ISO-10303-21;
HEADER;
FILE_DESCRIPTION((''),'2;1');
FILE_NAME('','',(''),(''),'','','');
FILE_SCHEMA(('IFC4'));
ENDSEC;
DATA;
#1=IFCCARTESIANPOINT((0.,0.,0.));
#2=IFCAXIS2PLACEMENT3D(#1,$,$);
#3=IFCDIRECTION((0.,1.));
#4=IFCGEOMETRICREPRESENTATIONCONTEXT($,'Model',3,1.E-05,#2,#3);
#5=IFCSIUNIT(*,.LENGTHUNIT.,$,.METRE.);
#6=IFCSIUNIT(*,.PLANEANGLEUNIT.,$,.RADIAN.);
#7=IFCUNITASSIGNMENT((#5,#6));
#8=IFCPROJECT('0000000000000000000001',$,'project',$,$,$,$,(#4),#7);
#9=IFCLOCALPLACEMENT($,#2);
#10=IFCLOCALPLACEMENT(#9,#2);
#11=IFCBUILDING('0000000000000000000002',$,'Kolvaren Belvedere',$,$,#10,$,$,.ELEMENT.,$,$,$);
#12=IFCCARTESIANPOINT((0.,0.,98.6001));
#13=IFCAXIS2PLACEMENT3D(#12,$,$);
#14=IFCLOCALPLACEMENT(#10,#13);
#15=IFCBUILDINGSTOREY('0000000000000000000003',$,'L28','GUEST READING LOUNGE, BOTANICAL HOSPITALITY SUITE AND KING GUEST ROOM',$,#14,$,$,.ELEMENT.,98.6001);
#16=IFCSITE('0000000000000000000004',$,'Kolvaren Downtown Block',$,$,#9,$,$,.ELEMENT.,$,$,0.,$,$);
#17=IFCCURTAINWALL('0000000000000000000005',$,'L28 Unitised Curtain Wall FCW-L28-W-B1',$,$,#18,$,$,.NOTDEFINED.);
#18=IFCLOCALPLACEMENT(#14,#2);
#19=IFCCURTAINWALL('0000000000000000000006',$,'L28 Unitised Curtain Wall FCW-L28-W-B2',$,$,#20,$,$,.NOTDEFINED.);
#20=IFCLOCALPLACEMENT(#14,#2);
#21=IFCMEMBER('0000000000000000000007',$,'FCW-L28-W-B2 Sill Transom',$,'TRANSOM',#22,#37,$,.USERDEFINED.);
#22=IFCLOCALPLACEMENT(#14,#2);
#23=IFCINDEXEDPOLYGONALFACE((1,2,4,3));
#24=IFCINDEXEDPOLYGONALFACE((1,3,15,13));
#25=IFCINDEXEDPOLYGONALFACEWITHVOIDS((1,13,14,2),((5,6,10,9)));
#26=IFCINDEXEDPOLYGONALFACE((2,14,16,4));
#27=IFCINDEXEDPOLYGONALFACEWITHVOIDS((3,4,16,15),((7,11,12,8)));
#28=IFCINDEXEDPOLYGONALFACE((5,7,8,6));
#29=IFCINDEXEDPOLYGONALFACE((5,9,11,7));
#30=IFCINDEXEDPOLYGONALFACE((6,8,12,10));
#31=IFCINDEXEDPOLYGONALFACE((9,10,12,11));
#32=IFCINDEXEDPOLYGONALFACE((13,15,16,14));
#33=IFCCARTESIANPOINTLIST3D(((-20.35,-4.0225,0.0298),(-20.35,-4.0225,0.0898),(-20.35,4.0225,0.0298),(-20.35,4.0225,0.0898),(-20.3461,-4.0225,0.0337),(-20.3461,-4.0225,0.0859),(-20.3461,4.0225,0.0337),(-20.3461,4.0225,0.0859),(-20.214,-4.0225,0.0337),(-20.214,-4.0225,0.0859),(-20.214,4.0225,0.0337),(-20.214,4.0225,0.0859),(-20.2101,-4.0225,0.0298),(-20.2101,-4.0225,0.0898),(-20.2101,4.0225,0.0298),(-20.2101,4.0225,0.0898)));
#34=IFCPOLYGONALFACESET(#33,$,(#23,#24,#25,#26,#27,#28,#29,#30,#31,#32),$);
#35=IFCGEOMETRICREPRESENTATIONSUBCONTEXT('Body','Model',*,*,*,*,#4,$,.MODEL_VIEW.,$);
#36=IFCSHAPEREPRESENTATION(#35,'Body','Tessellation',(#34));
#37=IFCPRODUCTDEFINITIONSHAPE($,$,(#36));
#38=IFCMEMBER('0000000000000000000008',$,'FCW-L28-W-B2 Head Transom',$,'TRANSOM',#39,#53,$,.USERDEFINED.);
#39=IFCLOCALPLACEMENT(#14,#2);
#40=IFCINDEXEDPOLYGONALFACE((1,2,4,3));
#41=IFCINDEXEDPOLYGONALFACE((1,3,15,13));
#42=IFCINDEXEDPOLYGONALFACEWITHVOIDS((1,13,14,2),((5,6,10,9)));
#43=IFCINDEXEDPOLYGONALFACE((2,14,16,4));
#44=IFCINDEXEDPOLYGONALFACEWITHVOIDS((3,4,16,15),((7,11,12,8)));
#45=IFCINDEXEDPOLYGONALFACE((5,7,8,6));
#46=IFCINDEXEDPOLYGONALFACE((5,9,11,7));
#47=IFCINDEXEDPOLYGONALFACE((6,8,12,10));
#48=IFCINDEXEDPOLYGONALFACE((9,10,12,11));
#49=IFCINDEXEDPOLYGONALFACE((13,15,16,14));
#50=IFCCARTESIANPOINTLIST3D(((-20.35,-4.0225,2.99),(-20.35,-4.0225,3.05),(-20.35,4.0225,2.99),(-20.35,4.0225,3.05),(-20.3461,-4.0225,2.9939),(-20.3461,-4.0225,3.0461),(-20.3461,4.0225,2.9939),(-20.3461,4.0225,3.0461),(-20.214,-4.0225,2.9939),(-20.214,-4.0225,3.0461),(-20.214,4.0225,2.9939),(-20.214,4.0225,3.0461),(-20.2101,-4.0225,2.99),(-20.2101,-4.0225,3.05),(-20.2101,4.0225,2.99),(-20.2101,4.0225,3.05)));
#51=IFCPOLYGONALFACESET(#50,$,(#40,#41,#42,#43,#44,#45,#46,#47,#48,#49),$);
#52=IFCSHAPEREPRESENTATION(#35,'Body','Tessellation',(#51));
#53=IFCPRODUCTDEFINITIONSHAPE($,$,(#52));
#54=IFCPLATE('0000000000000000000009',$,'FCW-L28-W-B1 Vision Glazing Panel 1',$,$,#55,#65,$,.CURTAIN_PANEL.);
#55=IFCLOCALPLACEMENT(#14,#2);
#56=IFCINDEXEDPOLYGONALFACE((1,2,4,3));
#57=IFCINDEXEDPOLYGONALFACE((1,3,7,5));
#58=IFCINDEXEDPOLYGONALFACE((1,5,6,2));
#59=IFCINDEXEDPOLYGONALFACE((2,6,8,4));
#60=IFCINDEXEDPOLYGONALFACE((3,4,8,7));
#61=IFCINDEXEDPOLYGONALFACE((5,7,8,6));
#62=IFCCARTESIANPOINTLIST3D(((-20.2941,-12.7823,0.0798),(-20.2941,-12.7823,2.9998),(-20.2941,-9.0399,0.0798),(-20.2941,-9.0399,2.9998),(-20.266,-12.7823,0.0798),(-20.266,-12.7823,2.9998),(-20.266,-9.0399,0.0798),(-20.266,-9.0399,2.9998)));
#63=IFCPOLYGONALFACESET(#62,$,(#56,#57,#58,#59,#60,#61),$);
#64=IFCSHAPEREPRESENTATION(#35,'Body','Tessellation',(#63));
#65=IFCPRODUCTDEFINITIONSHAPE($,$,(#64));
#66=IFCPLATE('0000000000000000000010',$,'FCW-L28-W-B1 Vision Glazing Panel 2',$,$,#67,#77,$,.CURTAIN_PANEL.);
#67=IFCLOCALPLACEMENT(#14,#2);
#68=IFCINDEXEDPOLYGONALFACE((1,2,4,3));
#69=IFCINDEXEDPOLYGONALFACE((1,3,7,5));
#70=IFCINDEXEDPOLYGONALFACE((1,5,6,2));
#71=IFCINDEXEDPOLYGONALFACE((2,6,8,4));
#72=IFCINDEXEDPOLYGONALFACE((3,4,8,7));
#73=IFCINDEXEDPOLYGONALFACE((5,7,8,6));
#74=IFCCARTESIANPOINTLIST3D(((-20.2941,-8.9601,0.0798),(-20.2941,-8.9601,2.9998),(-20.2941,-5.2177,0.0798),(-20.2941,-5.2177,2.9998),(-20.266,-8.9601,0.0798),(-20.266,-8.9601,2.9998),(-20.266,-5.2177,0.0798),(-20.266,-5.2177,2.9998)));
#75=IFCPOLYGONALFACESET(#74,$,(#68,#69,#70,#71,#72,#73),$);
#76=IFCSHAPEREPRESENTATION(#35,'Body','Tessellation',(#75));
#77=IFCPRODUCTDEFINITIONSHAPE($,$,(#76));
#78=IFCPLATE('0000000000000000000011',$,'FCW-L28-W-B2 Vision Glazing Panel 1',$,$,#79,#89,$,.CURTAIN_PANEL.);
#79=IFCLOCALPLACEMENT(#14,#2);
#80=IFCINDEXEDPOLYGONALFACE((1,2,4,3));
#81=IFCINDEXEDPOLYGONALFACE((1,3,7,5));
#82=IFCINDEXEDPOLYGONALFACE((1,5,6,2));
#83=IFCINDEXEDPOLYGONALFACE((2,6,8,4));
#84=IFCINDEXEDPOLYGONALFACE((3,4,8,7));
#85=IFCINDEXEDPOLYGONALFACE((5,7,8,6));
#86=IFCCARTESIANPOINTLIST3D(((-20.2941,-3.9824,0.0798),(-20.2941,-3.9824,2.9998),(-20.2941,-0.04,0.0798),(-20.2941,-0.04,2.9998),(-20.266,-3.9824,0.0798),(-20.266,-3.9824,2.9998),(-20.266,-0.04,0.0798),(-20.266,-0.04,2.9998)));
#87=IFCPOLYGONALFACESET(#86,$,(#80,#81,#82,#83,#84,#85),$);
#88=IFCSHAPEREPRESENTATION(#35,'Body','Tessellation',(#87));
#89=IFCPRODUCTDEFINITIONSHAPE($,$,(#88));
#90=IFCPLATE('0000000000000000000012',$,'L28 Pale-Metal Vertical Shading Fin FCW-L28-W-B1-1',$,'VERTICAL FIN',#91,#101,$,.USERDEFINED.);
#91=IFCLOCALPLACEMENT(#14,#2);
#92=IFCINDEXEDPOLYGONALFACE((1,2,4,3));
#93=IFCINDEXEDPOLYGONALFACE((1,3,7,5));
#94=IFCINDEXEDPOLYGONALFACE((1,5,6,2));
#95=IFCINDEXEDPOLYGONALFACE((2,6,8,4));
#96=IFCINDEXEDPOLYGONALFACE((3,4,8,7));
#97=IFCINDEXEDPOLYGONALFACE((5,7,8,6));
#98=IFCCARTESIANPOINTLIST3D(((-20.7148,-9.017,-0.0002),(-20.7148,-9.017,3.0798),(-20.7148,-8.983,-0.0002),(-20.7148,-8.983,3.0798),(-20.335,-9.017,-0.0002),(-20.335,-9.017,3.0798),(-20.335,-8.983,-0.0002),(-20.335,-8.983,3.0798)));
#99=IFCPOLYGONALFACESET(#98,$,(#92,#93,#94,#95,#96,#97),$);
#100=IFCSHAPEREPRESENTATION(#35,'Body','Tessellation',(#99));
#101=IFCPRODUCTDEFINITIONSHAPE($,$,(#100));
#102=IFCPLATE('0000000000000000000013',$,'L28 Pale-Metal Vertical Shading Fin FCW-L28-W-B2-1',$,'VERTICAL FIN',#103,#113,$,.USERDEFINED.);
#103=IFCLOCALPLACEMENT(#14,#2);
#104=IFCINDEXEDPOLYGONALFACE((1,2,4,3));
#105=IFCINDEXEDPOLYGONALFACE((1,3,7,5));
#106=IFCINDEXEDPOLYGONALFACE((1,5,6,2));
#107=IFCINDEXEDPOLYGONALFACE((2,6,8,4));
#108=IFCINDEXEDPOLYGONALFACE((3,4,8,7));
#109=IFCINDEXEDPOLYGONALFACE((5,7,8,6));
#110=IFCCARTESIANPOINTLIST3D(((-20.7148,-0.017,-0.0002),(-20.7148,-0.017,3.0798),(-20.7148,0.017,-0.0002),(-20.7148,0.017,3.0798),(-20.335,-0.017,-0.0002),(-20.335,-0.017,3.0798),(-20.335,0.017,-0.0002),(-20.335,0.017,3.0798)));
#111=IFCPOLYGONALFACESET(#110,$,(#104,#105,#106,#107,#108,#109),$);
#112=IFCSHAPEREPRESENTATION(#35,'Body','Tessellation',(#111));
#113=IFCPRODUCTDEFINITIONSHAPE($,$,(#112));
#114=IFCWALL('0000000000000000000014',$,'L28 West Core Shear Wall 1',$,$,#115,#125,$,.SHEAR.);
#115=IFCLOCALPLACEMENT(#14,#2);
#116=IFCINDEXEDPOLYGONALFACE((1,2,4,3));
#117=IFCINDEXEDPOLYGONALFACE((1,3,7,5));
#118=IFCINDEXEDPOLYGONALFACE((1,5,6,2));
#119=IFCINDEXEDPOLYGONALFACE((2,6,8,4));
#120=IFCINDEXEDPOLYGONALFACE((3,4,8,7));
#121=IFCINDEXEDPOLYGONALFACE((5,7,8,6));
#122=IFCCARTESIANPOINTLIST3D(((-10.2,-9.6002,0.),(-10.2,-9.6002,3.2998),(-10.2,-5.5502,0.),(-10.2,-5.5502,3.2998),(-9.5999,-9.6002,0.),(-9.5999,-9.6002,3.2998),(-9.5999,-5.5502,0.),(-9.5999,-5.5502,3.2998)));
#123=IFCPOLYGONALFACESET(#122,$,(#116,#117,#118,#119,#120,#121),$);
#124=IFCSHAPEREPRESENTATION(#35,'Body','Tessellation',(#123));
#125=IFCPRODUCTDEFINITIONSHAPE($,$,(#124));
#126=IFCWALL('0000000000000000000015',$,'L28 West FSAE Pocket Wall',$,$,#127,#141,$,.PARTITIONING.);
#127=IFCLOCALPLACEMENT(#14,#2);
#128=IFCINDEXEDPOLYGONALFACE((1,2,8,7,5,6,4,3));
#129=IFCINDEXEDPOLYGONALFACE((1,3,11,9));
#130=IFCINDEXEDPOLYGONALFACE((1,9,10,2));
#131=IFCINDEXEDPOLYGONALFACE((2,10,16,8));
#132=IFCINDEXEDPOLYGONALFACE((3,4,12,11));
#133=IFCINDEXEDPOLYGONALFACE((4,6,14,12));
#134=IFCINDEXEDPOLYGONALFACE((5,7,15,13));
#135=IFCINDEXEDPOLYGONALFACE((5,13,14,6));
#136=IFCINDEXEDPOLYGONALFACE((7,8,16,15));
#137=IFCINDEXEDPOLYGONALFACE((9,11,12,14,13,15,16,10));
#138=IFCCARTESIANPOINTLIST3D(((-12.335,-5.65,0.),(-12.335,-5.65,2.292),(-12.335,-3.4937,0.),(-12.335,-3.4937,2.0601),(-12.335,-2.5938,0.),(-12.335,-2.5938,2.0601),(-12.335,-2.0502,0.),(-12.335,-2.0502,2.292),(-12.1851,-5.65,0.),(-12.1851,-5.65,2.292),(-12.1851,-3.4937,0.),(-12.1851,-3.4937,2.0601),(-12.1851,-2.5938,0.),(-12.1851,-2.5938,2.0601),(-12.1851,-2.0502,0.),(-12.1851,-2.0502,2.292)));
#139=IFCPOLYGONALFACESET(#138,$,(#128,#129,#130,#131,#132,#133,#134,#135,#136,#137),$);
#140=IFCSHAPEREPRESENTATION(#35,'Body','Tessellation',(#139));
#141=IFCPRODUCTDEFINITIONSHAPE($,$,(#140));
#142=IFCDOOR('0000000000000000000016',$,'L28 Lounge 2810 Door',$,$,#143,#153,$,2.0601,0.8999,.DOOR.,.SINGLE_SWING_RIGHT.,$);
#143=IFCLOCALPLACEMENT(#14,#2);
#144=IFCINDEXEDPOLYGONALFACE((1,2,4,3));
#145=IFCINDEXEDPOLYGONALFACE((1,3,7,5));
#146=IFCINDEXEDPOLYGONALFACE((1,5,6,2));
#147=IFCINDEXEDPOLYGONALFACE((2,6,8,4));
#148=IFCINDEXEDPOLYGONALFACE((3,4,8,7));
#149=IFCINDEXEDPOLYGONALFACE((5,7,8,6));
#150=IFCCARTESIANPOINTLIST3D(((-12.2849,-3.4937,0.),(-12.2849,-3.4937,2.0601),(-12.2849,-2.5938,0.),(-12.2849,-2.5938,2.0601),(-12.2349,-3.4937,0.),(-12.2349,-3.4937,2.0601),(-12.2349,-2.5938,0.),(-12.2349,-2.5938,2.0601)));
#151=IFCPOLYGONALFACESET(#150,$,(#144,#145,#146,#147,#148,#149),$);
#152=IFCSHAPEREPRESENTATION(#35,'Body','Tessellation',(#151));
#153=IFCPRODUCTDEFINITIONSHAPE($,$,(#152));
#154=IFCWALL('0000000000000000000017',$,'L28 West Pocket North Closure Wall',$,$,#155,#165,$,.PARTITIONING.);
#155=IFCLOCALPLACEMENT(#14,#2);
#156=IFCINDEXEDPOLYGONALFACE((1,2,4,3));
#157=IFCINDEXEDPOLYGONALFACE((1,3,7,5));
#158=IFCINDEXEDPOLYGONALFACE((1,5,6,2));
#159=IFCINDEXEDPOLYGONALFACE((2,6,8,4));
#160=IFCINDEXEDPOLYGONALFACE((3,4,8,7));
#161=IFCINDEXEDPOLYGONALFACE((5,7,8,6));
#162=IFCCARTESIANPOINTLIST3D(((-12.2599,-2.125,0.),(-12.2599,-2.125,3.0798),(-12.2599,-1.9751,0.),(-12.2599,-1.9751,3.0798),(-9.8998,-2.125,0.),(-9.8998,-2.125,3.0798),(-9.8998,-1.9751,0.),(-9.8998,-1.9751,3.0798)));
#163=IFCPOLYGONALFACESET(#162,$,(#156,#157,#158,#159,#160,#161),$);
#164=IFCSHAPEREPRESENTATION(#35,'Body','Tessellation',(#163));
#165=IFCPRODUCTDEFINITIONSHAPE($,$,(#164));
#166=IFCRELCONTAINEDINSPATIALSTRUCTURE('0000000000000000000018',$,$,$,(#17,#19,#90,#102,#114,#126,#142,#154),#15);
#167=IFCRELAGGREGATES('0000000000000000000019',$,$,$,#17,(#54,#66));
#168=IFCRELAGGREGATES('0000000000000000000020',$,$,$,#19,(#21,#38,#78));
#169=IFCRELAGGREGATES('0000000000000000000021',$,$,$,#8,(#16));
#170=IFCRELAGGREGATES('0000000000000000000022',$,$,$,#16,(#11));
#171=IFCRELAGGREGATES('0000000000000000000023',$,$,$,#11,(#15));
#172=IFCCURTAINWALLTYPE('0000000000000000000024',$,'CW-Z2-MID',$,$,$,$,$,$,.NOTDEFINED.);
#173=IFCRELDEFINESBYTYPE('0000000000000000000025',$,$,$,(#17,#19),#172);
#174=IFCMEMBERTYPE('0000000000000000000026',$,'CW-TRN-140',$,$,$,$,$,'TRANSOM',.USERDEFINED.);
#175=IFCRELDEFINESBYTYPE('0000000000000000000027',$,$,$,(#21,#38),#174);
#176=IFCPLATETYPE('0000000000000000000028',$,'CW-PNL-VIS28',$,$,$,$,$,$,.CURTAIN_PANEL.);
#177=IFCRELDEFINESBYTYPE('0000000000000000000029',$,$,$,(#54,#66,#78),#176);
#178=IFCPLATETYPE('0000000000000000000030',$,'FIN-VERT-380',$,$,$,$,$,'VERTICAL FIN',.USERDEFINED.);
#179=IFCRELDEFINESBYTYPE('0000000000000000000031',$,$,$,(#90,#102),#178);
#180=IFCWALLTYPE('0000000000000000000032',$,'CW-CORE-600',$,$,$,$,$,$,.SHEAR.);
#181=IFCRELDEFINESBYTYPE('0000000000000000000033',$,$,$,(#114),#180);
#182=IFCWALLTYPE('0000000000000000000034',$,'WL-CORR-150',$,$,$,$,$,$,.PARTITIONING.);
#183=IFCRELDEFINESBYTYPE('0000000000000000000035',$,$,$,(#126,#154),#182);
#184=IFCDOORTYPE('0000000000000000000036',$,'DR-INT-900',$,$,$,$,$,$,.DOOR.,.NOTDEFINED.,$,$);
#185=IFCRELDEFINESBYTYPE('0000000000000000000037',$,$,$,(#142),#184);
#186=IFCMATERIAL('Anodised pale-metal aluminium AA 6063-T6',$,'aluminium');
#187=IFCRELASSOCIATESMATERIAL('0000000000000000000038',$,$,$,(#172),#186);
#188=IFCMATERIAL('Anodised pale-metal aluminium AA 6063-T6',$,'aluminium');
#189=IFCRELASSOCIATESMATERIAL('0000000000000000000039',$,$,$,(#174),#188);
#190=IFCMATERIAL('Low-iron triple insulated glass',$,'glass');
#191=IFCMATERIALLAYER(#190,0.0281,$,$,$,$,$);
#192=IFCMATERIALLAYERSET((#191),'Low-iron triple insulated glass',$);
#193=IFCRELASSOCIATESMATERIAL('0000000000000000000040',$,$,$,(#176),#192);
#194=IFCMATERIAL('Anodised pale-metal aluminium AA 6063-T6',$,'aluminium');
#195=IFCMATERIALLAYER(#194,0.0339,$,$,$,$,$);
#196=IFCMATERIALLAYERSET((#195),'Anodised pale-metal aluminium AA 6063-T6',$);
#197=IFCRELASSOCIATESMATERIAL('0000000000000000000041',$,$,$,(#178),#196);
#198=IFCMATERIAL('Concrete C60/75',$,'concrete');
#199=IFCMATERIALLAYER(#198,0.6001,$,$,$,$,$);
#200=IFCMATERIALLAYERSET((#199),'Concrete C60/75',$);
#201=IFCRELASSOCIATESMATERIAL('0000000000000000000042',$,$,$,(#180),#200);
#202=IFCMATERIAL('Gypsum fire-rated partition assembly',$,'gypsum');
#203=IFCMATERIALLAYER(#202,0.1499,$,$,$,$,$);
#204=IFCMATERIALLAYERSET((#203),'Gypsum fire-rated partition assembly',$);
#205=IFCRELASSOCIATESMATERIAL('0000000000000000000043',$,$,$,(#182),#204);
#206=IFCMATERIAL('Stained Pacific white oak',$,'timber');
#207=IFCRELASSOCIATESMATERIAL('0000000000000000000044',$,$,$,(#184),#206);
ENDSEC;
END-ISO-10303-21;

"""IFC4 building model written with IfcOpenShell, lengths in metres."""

from ifc_helpers import new_model, si_unit, direction, frame, frame_2d, origin, origin_2d, place, context, subcontext, project, spatial, rectangle, hollow_rectangle, extrude, material, layer, layer_set, material_profile, profile_set, type_object, element, fill, aggregate, save


model = new_model("IFC4")

# Units and contexts
model_context = context("Model", 3, precision=1e-05, world=origin(), true_north=direction((0.0, 1.0)))
body_context = subcontext(model_context, "Body", "Model", "MODEL_VIEW")
ifc_project = project(units=[si_unit("LENGTHUNIT", "METRE"), si_unit("PLANEANGLEUNIT", "RADIAN")], contexts=[model_context])

# Site, building, storey
site_placement = place(None, origin())
site = spatial("IfcSite", under=ifc_project, at=site_placement, Name="Kolvaren Downtown Block", CompositionType="ELEMENT", RefElevation=0.0)
building_placement = place(site_placement, origin())
building = spatial("IfcBuilding", under=site, at=building_placement, Name="Kolvaren Belvedere", CompositionType="ELEMENT")
storey_placement = place(building_placement, frame((0.0, 0.0, 98.6001)))
storey = spatial("IfcBuildingStorey", under=building, at=storey_placement, Name="L28", Description="GUEST READING LOUNGE, BOTANICAL HOSPITALITY SUITE AND KING GUEST ROOM", CompositionType="ELEMENT", Elevation=98.6001)

# Curtain walls, members
ifc_material_1 = material(Name="Anodised pale-metal aluminium AA 6063-T6", Category="aluminium")
curtain_wall_type = type_object("IfcCurtainWallType", Name="CW-Z2-MID", PredefinedType="NOTDEFINED", material=ifc_material_1)
curtain_wall_1_placement = place(storey_placement, origin())
curtain_wall_1 = element("IfcCurtainWall", 1, at=curtain_wall_1_placement, inside=storey, type_object=curtain_wall_type, Name="L28 Unitised Curtain Wall FCW-L28-W-B1", PredefinedType="NOTDEFINED")
curtain_wall_2_placement = place(storey_placement, origin())
curtain_wall_2 = element("IfcCurtainWall", 2, at=curtain_wall_2_placement, inside=storey, type_object=curtain_wall_type, Name="L28 Unitised Curtain Wall FCW-L28-W-B2", PredefinedType="NOTDEFINED")
ifc_material_2 = material(Name="Anodised pale-metal aluminium AA 6063-T6", Category="aluminium")
ifc_material_profile_1 = material_profile(ifc_material_2, hollow_rectangle(XDim=0.0601, YDim=0.1399, WallThickness=0.0039, at=origin_2d()), Name="ALU-TRN-140X60")
ifc_profile_set_1 = profile_set([ifc_material_profile_1], Name="Anodised pale-metal aluminium AA 6063-T6")
member_type_1 = type_object("IfcMemberType", Name="CW-TRN-140", ElementType="TRANSOM", PredefinedType="USERDEFINED", material=ifc_profile_set_1)
member_1_placement = place(storey_placement, frame((-20.28, -4.0225, 0.0598), z_axis=(0.0, 1.0, 0.0), x_axis=(0.0, 0.0, 1.0)))
member_1 = element("IfcMember", 3, at=member_1_placement, type_object=member_type_1, Name="FCW-L28-W-B2 Sill Transom", ObjectType="TRANSOM", PredefinedType="USERDEFINED", context=body_context, shape_type="SweptSolid", body=[
    extrude(hollow_rectangle(XDim=0.0601, YDim=0.1399, WallThickness=0.0039, at=origin_2d()), origin(), (0.0, 0.0, 1.0), 8.0449),
])
member_2_placement = place(storey_placement, frame((-20.28, -4.0225, 3.02), z_axis=(0.0, 1.0, 0.0), x_axis=(0.0, 0.0, 1.0)))
member_2 = element("IfcMember", 4, at=member_2_placement, type_object=member_type_1, Name="FCW-L28-W-B2 Head Transom", ObjectType="TRANSOM", PredefinedType="USERDEFINED", context=body_context, shape_type="SweptSolid", body=[
    extrude(hollow_rectangle(XDim=0.0601, YDim=0.1399, WallThickness=0.0039, at=origin_2d()), origin(), (0.0, 0.0, 1.0), 8.0449),
])

# Plates
ifc_material_3 = material(Name="Low-iron triple insulated glass", Category="glass")
ifc_layer_1 = layer(ifc_material_3, 0.0281)
ifc_layer_set_1 = layer_set([ifc_layer_1], Name="Low-iron triple insulated glass")
plate_type_1 = type_object("IfcPlateType", Name="CW-PNL-VIS28", PredefinedType="CURTAIN_PANEL", material=ifc_layer_set_1)
plate_1_placement = place(storey_placement, frame((-20.28, -10.9111, 0.0798), z_axis=(0.0, 0.0, 1.0), x_axis=(0.0, 1.0, 0.0)))
plate_1 = element("IfcPlate", 5, at=plate_1_placement, type_object=plate_type_1, Name="FCW-L28-W-B1 Vision Glazing Panel 1", PredefinedType="CURTAIN_PANEL", context=body_context, shape_type="SweptSolid", body=[
    extrude(rectangle(XDim=3.7424, YDim=0.0281, at=origin_2d()), origin(), (0.0, 0.0, 1.0), 2.9199),
])
plate_2_placement = place(storey_placement, frame((-20.28, -7.0889, 0.0798), z_axis=(0.0, 0.0, 1.0), x_axis=(0.0, 1.0, 0.0)))
plate_2 = element("IfcPlate", 6, at=plate_2_placement, type_object=plate_type_1, Name="FCW-L28-W-B1 Vision Glazing Panel 2", PredefinedType="CURTAIN_PANEL", context=body_context, shape_type="SweptSolid", body=[
    extrude(rectangle(XDim=3.7424, YDim=0.0281, at=origin_2d()), origin(), (0.0, 0.0, 1.0), 2.9199),
])
aggregate(curtain_wall_1, [plate_1, plate_2])
plate_3_placement = place(storey_placement, frame((-20.28, -2.0112, 0.0798), z_axis=(0.0, 0.0, 1.0), x_axis=(0.0, 1.0, 0.0)))
plate_3 = element("IfcPlate", 7, at=plate_3_placement, type_object=plate_type_1, Name="FCW-L28-W-B2 Vision Glazing Panel 1", PredefinedType="CURTAIN_PANEL", context=body_context, shape_type="SweptSolid", body=[
    extrude(rectangle(XDim=3.9424, YDim=0.0281, at=origin_2d()), origin(), (0.0, 0.0, 1.0), 2.9199),
])
aggregate(curtain_wall_2, [member_1, member_2, plate_3])

# Plates
ifc_material_4 = material(Name="Anodised pale-metal aluminium AA 6063-T6", Category="aluminium")
ifc_layer_2 = layer(ifc_material_4, 0.0339)
ifc_layer_set_2 = layer_set([ifc_layer_2], Name="Anodised pale-metal aluminium AA 6063-T6")
plate_type_2 = type_object("IfcPlateType", Name="FIN-VERT-380", ElementType="VERTICAL FIN", PredefinedType="USERDEFINED", material=ifc_layer_set_2)
for number, where, z_axis, x_axis, name in (
    (8, (-20.5249, -9.0, -0.0002), (0.0, 0.0, 1.0), (1.0, 0.0, 0.0), "L28 Pale-Metal Vertical Shading Fin FCW-L28-W-B1-1"),
    (9, (-20.5249, 0.0, -0.0002), (0.0, 0.0, 1.0), (1.0, 0.0, 0.0), "L28 Pale-Metal Vertical Shading Fin FCW-L28-W-B2-1"),
):
    element("IfcPlate", number, at=place(storey_placement, frame(where, z_axis=z_axis, x_axis=x_axis)), inside=storey, type_object=plate_type_2, Name=name, ObjectType="VERTICAL FIN", PredefinedType="USERDEFINED", context=body_context, shape_type="SweptSolid", body=[
        extrude(rectangle(XDim=0.3799, YDim=0.0339, at=origin_2d()), origin(), (0.0, 0.0, 1.0), 3.0801),
    ])

# Wall
ifc_material_5 = material(Name="Concrete C60/75", Category="concrete")
ifc_layer_3 = layer(ifc_material_5, 0.6001)
ifc_layer_set_3 = layer_set([ifc_layer_3], Name="Concrete C60/75")
wall_type_1 = type_object("IfcWallType", Name="CW-CORE-600", PredefinedType="SHEAR", material=ifc_layer_set_3)
wall_1_placement = place(storey_placement, frame((-9.8999, -9.6001, 0.0), z_axis=(0.0, 0.0, 1.0), x_axis=(0.0, 1.0, 0.0)))
element("IfcWall", 10, at=wall_1_placement, inside=storey, type_object=wall_type_1, Name="L28 West Core Shear Wall 1", PredefinedType="SHEAR", context=body_context, shape_type="SweptSolid", body=[
    extrude(rectangle(XDim=4.05, YDim=0.6001, at=frame_2d((2.0249, 0.0))), origin(), (0.0, 0.0, 1.0), 3.2998),
])

# Wall, opening, door
ifc_material_6 = material(Name="Gypsum fire-rated partition assembly", Category="gypsum")
ifc_layer_4 = layer(ifc_material_6, 0.1499)
ifc_layer_set_4 = layer_set([ifc_layer_4], Name="Gypsum fire-rated partition assembly")
wall_type_2 = type_object("IfcWallType", Name="WL-CORR-150", PredefinedType="PARTITIONING", material=ifc_layer_set_4)
wall_2_placement = place(storey_placement, frame((-12.26, -5.6499, 0.0), z_axis=(0.0, 0.0, 1.0), x_axis=(0.0, 1.0, 0.0)))
wall_2 = element("IfcWall", 11, at=wall_2_placement, inside=storey, type_object=wall_type_2, Name="L28 West FSAE Pocket Wall", PredefinedType="PARTITIONING", context=body_context, shape_type="SweptSolid", body=[
    extrude(rectangle(XDim=3.5999, YDim=0.1499, at=frame_2d((1.7998, 0.0))), origin(), (0.0, 0.0, 1.0), 2.292),
])
opening_1_placement = place(wall_2_placement, frame((2.1562, 0.0, 0.0)))
opening_1 = element("IfcOpeningElement", 12, at=opening_1_placement, cuts=wall_2, PredefinedType="OPENING", context=body_context, shape_type="SweptSolid", body=[
    extrude(rectangle(XDim=0.8999, YDim=2.0601, at=frame_2d((0.45, 1.03))), frame((0.0, 0.085, 0.0), z_axis=(0.0, -1.0, 0.0), x_axis=(1.0, 0.0, 0.0)), (0.0, 0.0, 1.0), 0.1699),
])
ifc_material_7 = material(Name="Stained Pacific white oak", Category="timber")
door_type = type_object("IfcDoorType", Name="DR-INT-900", OperationType="NOTDEFINED", PredefinedType="DOOR", material=ifc_material_7)
door_1_placement = place(opening_1_placement, origin())
door_1 = element("IfcDoor", 13, at=door_1_placement, inside=storey, type_object=door_type, Name="L28 Lounge 2810 Door", OperationType="SINGLE_SWING_RIGHT", OverallHeight=2.0601, OverallWidth=0.8999, PredefinedType="DOOR", context=body_context, shape_type="SweptSolid", body=[
    extrude(rectangle(XDim=0.8999, YDim=2.0601, at=frame_2d((0.45, 1.03))), frame((0.0, 0.0249, 0.0), z_axis=(0.0, -1.0, 0.0), x_axis=(1.0, 0.0, 0.0)), (0.0, 0.0, 1.0), 0.05),
])
fill(opening_1, door_1)

# Wall
wall_3_placement = place(storey_placement, frame((-12.26, -2.05, 0.0), z_axis=(0.0, 0.0, 1.0), x_axis=(1.0, 0.0, 0.0)))
element("IfcWall", 14, at=wall_3_placement, inside=storey, type_object=wall_type_2, Name="L28 West Pocket North Closure Wall", PredefinedType="PARTITIONING", context=body_context, shape_type="SweptSolid", body=[
    extrude(rectangle(XDim=2.3601, YDim=0.1499, at=frame_2d((1.1802, 0.0))), origin(), (0.0, 0.0, 1.0), 3.0798),
])

save(model, "model.ifc")
